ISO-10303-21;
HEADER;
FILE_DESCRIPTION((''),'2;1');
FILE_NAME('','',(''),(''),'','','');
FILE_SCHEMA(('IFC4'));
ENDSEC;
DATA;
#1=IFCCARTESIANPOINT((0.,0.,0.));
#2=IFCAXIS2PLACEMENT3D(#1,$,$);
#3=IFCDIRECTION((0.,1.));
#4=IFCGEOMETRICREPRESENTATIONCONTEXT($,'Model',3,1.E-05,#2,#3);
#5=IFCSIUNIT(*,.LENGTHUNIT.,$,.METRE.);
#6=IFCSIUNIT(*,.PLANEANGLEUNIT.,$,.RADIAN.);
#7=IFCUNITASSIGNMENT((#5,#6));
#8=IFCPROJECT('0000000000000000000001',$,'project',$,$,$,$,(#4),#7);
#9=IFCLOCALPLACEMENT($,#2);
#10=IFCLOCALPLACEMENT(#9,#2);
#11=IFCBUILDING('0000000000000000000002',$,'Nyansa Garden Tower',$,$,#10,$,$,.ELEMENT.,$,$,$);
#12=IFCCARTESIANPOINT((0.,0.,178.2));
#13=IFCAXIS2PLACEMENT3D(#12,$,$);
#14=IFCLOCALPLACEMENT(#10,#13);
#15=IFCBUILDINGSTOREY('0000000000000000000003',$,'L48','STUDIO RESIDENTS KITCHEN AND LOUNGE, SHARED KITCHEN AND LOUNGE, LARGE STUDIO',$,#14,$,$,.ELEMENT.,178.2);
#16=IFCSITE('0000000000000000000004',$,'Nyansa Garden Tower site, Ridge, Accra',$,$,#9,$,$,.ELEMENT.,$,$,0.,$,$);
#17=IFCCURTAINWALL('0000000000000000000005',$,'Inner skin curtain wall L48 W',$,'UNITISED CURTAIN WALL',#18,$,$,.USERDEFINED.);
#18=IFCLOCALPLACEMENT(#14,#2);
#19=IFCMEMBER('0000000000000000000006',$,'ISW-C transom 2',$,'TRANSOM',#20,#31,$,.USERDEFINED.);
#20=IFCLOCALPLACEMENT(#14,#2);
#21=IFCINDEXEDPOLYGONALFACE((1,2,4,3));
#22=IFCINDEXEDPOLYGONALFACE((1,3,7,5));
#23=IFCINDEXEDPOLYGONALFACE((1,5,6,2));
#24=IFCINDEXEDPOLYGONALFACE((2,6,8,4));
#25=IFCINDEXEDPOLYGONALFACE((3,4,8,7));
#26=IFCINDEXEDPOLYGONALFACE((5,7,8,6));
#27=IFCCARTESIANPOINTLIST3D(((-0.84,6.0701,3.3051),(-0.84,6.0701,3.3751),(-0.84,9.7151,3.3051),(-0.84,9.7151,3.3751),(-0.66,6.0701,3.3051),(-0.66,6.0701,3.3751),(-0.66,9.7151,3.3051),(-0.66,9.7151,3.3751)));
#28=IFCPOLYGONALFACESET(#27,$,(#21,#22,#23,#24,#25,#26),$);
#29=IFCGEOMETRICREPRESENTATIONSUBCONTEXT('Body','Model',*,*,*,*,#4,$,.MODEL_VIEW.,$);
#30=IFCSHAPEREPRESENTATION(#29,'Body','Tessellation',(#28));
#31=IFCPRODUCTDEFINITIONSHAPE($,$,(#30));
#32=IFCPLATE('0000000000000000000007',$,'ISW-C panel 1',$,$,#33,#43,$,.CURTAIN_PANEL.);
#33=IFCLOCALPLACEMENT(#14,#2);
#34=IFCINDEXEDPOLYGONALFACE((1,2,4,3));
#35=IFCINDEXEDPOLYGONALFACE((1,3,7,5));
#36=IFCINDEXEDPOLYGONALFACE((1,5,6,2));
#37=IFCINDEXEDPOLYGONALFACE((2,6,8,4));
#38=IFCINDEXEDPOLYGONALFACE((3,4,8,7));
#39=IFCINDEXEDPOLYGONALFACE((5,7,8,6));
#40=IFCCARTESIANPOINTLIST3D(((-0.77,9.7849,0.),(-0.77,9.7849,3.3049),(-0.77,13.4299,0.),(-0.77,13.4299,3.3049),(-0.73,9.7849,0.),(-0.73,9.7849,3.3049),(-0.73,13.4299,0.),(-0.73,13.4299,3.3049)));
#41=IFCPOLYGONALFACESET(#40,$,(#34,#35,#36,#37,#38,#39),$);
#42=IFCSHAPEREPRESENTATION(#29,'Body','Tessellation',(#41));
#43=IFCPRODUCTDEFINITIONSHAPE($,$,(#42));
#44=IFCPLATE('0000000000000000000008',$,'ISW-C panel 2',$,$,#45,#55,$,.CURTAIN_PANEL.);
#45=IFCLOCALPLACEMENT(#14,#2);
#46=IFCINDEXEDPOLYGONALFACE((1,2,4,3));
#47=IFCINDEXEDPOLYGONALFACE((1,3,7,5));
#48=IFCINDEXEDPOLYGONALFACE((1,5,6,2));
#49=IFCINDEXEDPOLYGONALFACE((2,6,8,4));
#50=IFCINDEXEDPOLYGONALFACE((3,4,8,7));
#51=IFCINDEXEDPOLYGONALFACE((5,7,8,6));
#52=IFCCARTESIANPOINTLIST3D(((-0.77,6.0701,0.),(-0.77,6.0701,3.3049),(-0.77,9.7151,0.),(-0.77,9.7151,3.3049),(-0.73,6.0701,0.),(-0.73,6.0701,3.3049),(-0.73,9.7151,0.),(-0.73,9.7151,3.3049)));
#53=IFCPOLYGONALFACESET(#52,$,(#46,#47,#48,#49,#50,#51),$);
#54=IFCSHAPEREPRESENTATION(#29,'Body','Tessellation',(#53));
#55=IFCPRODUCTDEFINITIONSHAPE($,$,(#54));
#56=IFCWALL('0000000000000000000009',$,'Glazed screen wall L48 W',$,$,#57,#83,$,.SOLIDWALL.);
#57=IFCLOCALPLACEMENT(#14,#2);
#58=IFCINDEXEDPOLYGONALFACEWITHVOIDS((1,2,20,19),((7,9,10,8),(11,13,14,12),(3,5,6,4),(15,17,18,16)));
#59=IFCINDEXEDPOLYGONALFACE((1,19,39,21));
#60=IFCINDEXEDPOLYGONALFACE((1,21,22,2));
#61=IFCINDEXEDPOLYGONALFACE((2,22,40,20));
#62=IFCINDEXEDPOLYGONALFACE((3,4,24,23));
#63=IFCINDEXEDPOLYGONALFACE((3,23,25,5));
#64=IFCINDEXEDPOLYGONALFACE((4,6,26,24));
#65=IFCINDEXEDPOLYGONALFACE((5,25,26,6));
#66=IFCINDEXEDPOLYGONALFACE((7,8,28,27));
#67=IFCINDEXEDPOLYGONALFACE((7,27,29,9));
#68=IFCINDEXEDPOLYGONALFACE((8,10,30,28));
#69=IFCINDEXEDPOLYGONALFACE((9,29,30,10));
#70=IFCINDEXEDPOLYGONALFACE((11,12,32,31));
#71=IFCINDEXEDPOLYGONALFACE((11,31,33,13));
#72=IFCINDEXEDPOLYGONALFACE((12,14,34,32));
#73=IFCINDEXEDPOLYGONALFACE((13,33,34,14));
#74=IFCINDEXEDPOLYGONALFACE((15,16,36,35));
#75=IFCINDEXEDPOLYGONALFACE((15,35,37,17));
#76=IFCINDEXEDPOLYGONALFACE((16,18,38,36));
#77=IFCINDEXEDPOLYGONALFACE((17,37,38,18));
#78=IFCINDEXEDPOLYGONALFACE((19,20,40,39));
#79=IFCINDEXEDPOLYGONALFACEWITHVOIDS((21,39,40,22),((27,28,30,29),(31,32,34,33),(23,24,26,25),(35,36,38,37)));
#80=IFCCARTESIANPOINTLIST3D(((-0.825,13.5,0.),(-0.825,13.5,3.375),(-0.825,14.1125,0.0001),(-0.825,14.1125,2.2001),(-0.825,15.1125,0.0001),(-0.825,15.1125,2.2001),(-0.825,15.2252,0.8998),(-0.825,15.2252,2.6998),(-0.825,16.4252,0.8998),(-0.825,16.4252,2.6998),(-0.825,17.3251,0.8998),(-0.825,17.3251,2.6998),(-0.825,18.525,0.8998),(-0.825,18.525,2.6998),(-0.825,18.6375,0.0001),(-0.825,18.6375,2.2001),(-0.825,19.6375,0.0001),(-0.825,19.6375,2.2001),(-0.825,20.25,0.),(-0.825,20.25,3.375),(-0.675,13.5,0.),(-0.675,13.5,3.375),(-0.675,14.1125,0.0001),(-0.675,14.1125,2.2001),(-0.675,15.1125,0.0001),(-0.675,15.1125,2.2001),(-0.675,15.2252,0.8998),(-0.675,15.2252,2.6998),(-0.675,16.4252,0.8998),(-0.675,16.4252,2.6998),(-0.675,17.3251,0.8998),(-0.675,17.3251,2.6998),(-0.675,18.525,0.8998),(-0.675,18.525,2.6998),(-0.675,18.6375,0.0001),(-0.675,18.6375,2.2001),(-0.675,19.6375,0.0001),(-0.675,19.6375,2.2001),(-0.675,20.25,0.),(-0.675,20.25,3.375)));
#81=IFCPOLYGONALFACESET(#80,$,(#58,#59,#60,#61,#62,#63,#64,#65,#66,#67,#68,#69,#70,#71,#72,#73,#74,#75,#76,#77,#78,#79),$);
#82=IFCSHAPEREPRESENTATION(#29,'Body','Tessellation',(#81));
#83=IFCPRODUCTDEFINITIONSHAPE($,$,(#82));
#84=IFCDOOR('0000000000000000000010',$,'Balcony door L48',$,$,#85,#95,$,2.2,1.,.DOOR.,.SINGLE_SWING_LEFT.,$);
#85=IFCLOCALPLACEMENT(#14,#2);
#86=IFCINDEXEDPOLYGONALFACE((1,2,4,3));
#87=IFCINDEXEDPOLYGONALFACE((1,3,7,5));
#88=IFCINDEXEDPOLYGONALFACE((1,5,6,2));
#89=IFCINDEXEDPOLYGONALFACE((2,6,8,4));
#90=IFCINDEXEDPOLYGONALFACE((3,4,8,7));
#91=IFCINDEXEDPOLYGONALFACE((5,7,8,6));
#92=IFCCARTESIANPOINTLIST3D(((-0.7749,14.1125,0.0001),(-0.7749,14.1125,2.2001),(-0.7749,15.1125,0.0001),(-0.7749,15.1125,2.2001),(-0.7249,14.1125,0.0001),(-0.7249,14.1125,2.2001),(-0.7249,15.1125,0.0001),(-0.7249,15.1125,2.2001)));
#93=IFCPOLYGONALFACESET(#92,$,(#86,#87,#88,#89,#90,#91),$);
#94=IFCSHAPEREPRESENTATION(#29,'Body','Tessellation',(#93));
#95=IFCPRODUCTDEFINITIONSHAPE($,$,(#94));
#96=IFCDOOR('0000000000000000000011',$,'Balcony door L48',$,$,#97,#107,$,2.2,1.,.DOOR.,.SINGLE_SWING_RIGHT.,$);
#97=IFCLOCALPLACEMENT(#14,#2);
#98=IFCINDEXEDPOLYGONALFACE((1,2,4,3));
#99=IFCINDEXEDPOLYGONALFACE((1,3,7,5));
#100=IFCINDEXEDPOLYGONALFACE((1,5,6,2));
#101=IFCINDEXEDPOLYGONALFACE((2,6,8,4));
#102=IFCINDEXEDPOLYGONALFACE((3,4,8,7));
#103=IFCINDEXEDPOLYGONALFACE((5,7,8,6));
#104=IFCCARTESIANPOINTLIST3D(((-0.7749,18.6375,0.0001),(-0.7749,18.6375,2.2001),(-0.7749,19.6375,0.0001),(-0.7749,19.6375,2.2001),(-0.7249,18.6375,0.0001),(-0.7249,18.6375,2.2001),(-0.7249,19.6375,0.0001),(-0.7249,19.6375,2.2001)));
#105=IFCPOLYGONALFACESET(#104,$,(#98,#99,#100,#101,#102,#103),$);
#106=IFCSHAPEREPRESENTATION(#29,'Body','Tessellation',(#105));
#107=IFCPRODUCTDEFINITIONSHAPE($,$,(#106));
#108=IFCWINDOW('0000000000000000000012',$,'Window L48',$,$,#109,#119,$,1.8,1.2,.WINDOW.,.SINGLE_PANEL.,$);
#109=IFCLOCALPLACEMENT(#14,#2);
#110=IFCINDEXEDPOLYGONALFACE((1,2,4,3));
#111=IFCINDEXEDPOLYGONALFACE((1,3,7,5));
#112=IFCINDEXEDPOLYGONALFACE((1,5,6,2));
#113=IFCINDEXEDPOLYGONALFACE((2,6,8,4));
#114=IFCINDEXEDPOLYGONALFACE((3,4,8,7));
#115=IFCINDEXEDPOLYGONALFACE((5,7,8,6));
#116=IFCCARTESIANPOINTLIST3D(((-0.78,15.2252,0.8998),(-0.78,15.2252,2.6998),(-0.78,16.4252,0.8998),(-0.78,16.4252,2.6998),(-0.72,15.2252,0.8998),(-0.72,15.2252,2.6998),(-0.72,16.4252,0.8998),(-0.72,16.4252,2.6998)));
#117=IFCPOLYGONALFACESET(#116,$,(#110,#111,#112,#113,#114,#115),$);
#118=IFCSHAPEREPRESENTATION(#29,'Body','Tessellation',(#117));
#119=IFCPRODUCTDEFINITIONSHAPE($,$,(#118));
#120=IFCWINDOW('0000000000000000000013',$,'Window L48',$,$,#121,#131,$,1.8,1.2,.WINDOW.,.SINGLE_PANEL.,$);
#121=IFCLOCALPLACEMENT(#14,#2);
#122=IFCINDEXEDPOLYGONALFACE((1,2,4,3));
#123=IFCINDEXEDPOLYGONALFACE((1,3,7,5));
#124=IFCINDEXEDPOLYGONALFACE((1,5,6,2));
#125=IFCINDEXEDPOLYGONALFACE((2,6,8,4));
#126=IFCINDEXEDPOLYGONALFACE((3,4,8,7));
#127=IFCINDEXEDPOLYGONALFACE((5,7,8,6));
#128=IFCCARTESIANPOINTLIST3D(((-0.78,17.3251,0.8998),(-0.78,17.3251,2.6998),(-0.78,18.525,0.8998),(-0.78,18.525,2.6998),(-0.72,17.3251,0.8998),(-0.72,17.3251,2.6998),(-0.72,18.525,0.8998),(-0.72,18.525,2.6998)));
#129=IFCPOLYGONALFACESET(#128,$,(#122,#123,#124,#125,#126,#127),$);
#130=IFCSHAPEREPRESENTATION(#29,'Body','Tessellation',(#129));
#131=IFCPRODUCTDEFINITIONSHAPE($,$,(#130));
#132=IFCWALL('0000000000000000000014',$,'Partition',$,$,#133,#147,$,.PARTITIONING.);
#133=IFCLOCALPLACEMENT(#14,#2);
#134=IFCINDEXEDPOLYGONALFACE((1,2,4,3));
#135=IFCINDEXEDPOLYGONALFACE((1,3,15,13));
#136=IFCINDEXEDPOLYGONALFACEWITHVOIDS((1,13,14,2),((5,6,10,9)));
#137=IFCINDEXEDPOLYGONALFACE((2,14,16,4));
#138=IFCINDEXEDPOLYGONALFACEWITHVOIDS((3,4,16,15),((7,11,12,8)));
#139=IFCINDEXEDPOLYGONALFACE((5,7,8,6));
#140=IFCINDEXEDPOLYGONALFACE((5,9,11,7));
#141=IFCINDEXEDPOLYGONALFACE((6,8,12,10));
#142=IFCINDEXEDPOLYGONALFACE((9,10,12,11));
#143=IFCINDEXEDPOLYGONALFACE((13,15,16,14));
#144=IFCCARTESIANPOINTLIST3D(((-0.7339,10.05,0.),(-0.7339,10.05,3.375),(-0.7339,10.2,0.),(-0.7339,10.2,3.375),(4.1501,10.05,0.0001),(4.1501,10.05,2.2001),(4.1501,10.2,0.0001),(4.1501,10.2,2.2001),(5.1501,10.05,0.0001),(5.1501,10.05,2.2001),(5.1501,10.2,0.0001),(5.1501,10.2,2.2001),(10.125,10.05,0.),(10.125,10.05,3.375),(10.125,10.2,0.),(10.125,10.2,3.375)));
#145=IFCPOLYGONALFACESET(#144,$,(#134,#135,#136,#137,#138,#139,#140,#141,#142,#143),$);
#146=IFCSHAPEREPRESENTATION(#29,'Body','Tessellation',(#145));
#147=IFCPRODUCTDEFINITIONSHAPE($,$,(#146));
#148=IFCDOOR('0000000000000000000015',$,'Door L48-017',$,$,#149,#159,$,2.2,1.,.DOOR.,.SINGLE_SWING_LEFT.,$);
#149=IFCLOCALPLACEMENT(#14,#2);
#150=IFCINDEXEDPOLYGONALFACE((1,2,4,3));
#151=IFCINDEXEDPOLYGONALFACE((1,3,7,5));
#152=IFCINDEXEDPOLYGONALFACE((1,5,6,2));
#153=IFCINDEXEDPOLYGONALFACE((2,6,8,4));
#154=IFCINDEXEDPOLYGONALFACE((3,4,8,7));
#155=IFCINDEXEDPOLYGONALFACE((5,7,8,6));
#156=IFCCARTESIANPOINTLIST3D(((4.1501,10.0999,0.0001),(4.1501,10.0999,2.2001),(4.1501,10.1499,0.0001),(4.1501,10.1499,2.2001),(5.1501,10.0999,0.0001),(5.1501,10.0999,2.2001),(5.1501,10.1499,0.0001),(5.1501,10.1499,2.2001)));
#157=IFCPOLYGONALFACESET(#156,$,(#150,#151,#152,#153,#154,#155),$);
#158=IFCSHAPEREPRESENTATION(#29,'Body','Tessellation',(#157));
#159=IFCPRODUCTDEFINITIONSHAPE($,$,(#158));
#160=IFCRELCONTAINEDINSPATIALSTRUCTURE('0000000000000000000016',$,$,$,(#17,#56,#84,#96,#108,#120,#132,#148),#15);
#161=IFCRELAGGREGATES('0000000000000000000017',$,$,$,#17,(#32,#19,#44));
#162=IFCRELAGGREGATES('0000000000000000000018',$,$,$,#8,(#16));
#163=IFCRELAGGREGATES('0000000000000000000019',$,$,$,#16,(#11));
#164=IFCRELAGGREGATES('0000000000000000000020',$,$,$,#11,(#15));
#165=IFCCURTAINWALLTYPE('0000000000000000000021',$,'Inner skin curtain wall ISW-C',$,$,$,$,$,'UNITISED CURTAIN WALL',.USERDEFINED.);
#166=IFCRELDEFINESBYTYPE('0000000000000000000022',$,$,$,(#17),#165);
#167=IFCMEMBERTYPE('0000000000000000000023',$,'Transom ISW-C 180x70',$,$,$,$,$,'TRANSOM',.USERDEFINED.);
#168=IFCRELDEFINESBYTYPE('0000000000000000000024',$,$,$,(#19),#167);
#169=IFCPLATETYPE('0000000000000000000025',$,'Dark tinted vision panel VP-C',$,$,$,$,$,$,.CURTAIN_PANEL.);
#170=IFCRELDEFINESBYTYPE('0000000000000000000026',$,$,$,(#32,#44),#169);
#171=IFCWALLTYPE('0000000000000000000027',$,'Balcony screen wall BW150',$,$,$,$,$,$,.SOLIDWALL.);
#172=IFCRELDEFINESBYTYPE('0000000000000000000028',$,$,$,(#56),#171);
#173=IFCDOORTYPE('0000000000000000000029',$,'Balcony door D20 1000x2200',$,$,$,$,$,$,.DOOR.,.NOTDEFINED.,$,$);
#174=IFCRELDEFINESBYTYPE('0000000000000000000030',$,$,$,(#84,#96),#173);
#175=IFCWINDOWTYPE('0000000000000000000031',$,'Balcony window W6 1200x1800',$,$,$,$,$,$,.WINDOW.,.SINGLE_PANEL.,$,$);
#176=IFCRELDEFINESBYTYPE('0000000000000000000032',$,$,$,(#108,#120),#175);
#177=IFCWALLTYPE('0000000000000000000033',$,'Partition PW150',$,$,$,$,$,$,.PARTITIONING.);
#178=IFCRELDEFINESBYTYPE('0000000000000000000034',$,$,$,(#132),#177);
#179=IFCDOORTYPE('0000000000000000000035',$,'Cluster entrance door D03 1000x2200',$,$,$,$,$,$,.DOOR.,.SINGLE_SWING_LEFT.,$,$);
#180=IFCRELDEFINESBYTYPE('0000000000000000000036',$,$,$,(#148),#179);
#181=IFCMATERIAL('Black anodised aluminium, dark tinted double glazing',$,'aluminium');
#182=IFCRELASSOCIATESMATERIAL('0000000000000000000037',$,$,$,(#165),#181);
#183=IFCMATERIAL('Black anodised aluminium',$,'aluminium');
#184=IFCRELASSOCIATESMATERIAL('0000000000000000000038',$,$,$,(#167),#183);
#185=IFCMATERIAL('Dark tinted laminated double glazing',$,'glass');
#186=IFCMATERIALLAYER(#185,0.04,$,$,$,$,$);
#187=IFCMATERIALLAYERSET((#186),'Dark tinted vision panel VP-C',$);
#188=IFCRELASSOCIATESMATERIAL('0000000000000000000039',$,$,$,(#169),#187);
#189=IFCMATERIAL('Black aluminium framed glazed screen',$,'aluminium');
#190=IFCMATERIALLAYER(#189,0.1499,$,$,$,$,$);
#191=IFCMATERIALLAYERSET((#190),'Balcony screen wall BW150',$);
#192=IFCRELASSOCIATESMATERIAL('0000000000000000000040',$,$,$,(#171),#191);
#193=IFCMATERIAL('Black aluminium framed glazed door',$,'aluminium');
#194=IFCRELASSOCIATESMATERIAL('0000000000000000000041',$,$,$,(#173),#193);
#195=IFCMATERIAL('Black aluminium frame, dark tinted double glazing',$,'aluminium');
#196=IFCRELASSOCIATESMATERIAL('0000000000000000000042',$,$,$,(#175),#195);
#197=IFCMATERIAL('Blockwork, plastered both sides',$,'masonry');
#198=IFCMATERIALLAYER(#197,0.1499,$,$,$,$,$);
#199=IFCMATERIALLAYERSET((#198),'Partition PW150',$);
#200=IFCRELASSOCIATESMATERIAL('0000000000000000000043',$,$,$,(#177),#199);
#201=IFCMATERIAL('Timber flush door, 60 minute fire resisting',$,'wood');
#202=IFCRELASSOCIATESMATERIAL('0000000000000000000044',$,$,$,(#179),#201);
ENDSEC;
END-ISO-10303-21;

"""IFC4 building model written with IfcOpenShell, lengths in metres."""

from ifc_helpers import new_model, si_unit, direction, frame, frame_2d, origin, origin_2d, place, context, subcontext, project, spatial, rectangle, extrude, material, layer, layer_set, material_profile, profile_set, type_object, element, fill, aggregate, save


model = new_model("IFC4")

# Units and contexts
model_context = context("Model", 3, precision=1e-05, world=origin(), true_north=direction((0.0, 1.0)))
body_context = subcontext(model_context, "Body", "Model", "MODEL_VIEW")
ifc_project = project(units=[si_unit("LENGTHUNIT", "METRE"), si_unit("PLANEANGLEUNIT", "RADIAN")], contexts=[model_context])

# Site, building, storey
site_placement = place(None, origin())
site = spatial("IfcSite", under=ifc_project, at=site_placement, Name="Nyansa Garden Tower site, Ridge, Accra", CompositionType="ELEMENT", RefElevation=0.0)
building_placement = place(site_placement, origin())
building = spatial("IfcBuilding", under=site, at=building_placement, Name="Nyansa Garden Tower", CompositionType="ELEMENT")
storey_placement = place(building_placement, frame((0.0, 0.0, 178.2)))
storey = spatial("IfcBuildingStorey", under=building, at=storey_placement, Name="L48", Description="STUDIO RESIDENTS KITCHEN AND LOUNGE, SHARED KITCHEN AND LOUNGE, LARGE STUDIO", CompositionType="ELEMENT", Elevation=178.2)

# Curtain wall
ifc_material_1 = material(Name="Black anodised aluminium, dark tinted double glazing", Category="aluminium")
curtain_wall_type = type_object("IfcCurtainWallType", Name="Inner skin curtain wall ISW-C", ElementType="UNITISED CURTAIN WALL", PredefinedType="USERDEFINED", material=ifc_material_1)
curtain_wall_placement = place(storey_placement, origin())
curtain_wall = element("IfcCurtainWall", 1, at=curtain_wall_placement, inside=storey, type_object=curtain_wall_type, Name="Inner skin curtain wall L48 W", ObjectType="UNITISED CURTAIN WALL", PredefinedType="USERDEFINED")

# Member
ifc_material_2 = material(Name="Black anodised aluminium", Category="aluminium")
ifc_material_profile_1 = material_profile(ifc_material_2, rectangle(XDim=0.1799, YDim=0.0701, at=origin_2d()), Name="Transom 180x70")
ifc_profile_set_1 = profile_set([ifc_material_profile_1], Name="Black anodised aluminium")
member_type_1 = type_object("IfcMemberType", Name="Transom ISW-C 180x70", ElementType="TRANSOM", PredefinedType="USERDEFINED", material=ifc_profile_set_1)
member_1_placement = place(storey_placement, frame((-0.75, 9.7151, 3.3401), z_axis=(0.0, -1.0, 0.0), x_axis=(1.0, 0.0, 0.0)))
member_1 = element("IfcMember", 2, at=member_1_placement, type_object=member_type_1, Name="ISW-C transom 2", ObjectType="TRANSOM", PredefinedType="USERDEFINED", context=body_context, shape_type="SweptSolid", body=[
    extrude(rectangle(XDim=0.1799, YDim=0.0701, at=origin_2d()), origin(), (0.0, 0.0, 1.0), 3.645),
])

# Plates
ifc_material_3 = material(Name="Dark tinted laminated double glazing", Category="glass")
ifc_layer_1 = layer(ifc_material_3, 0.04)
ifc_layer_set_1 = layer_set([ifc_layer_1], Name="Dark tinted vision panel VP-C")
plate_type = type_object("IfcPlateType", Name="Dark tinted vision panel VP-C", PredefinedType="CURTAIN_PANEL", material=ifc_layer_set_1)
plate_1_placement = place(storey_placement, frame((-0.75, 11.6074, 0.0), z_axis=(0.0, 0.0, 1.0), x_axis=(0.0, -1.0, 0.0)))
plate_1 = element("IfcPlate", 3, at=plate_1_placement, type_object=plate_type, Name="ISW-C panel 1", PredefinedType="CURTAIN_PANEL", context=body_context, shape_type="SweptSolid", body=[
    extrude(rectangle(XDim=3.645, YDim=0.04, at=origin_2d()), origin(), (0.0, 0.0, 1.0), 3.3049),
])
plate_2_placement = place(storey_placement, frame((-0.75, 7.8926, 0.0), z_axis=(0.0, 0.0, 1.0), x_axis=(0.0, -1.0, 0.0)))
plate_2 = element("IfcPlate", 4, at=plate_2_placement, type_object=plate_type, Name="ISW-C panel 2", PredefinedType="CURTAIN_PANEL", context=body_context, shape_type="SweptSolid", body=[
    extrude(rectangle(XDim=3.645, YDim=0.04, at=origin_2d()), origin(), (0.0, 0.0, 1.0), 3.3049),
])
aggregate(curtain_wall, [plate_1, member_1, plate_2])

# Wall, openings, doors, windows
ifc_material_4 = material(Name="Black aluminium framed glazed screen", Category="aluminium")
ifc_layer_2 = layer(ifc_material_4, 0.1499)
ifc_layer_set_2 = layer_set([ifc_layer_2], Name="Balcony screen wall BW150")
wall_type_1 = type_object("IfcWallType", Name="Balcony screen wall BW150", PredefinedType="SOLIDWALL", material=ifc_layer_set_2)
wall_1_placement = place(storey_placement, frame((-0.75, 13.5, 0.0), z_axis=(0.0, 0.0, 1.0), x_axis=(0.0, 1.0, 0.0)))
wall_1 = element("IfcWall", 5, at=wall_1_placement, inside=storey, type_object=wall_type_1, Name="Glazed screen wall L48 W", PredefinedType="SOLIDWALL", context=body_context, shape_type="SweptSolid", body=[
    extrude(rectangle(XDim=6.75, YDim=0.1499, at=frame_2d((3.375, 0.0))), origin(), (0.0, 0.0, 1.0), 3.375),
])
opening_1_placement = place(wall_1_placement, frame((0.6125, 0.0, 0.0)))
opening_1 = element("IfcOpeningElement", 6, at=opening_1_placement, cuts=wall_1, PredefinedType="OPENING", context=body_context, shape_type="SweptSolid", body=[
    extrude(rectangle(XDim=1.0, YDim=2.2, at=frame_2d((0.5, 1.1001))), frame((0.0, 0.085, 0.0), z_axis=(0.0, -1.0, 0.0), x_axis=(1.0, 0.0, 0.0)), (0.0, 0.0, 1.0), 0.1699),
])
opening_2_placement = place(wall_1_placement, frame((1.7251, 0.0, 0.8999)))
opening_2 = element("IfcOpeningElement", 7, at=opening_2_placement, cuts=wall_1, PredefinedType="OPENING", context=body_context, shape_type="SweptSolid", body=[
    extrude(rectangle(XDim=1.2, YDim=1.8, at=frame_2d((0.6001, 0.8999))), frame((0.0, 0.085, 0.0), z_axis=(0.0, -1.0, 0.0), x_axis=(1.0, 0.0, 0.0)), (0.0, 0.0, 1.0), 0.1699),
])
opening_3_placement = place(wall_1_placement, frame((5.1375, 0.0, 0.0)))
opening_3 = element("IfcOpeningElement", 8, at=opening_3_placement, cuts=wall_1, PredefinedType="OPENING", context=body_context, shape_type="SweptSolid", body=[
    extrude(rectangle(XDim=1.0, YDim=2.2, at=frame_2d((0.5, 1.1001))), frame((0.0, 0.085, 0.0), z_axis=(0.0, -1.0, 0.0), x_axis=(1.0, 0.0, 0.0)), (0.0, 0.0, 1.0), 0.1699),
])
opening_4_placement = place(wall_1_placement, frame((3.825, 0.0, 0.8999)))
opening_4 = element("IfcOpeningElement", 9, at=opening_4_placement, cuts=wall_1, PredefinedType="OPENING", context=body_context, shape_type="SweptSolid", body=[
    extrude(rectangle(XDim=1.2, YDim=1.8, at=frame_2d((0.6001, 0.8999))), frame((0.0, 0.085, 0.0), z_axis=(0.0, -1.0, 0.0), x_axis=(1.0, 0.0, 0.0)), (0.0, 0.0, 1.0), 0.1699),
])
ifc_material_5 = material(Name="Black aluminium framed glazed door", Category="aluminium")
door_type_1 = type_object("IfcDoorType", Name="Balcony door D20 1000x2200", OperationType="NOTDEFINED", PredefinedType="DOOR", material=ifc_material_5)
door_1_placement = place(opening_1_placement, origin())
door_1 = element("IfcDoor", 10, at=door_1_placement, inside=storey, type_object=door_type_1, Name="Balcony door L48", OperationType="SINGLE_SWING_LEFT", OverallHeight=2.2, OverallWidth=1.0, PredefinedType="DOOR", context=body_context, shape_type="SweptSolid", body=[
    extrude(rectangle(XDim=1.0, YDim=2.2, at=frame_2d((0.5, 1.1001))), frame((0.0, 0.0249, 0.0), z_axis=(0.0, -1.0, 0.0), x_axis=(1.0, 0.0, 0.0)), (0.0, 0.0, 1.0), 0.05),
])
fill(opening_1, door_1)
door_2_placement = place(opening_3_placement, origin())
door_2 = element("IfcDoor", 11, at=door_2_placement, inside=storey, type_object=door_type_1, Name="Balcony door L48", OperationType="SINGLE_SWING_RIGHT", OverallHeight=2.2, OverallWidth=1.0, PredefinedType="DOOR", context=body_context, shape_type="SweptSolid", body=[
    extrude(rectangle(XDim=1.0, YDim=2.2, at=frame_2d((0.5, 1.1001))), frame((0.0, 0.0249, 0.0), z_axis=(0.0, -1.0, 0.0), x_axis=(1.0, 0.0, 0.0)), (0.0, 0.0, 1.0), 0.05),
])
fill(opening_3, door_2)
ifc_material_6 = material(Name="Black aluminium frame, dark tinted double glazing", Category="aluminium")
window_type_1 = type_object("IfcWindowType", Name="Balcony window W6 1200x1800", PartitioningType="SINGLE_PANEL", PredefinedType="WINDOW", material=ifc_material_6)
window_1_placement = place(opening_2_placement, origin())
window_1 = element("IfcWindow", 12, at=window_1_placement, inside=storey, type_object=window_type_1, Name="Window L48", OverallHeight=1.8, OverallWidth=1.2, PartitioningType="SINGLE_PANEL", PredefinedType="WINDOW", context=body_context, shape_type="SweptSolid", body=[
    extrude(rectangle(XDim=1.2, YDim=1.8, at=frame_2d((0.6001, 0.8999))), frame((0.0, 0.03, 0.0), z_axis=(0.0, -1.0, 0.0), x_axis=(1.0, 0.0, 0.0)), (0.0, 0.0, 1.0), 0.0601),
])
fill(opening_2, window_1)
window_2_placement = place(opening_4_placement, origin())
window_2 = element("IfcWindow", 13, at=window_2_placement, inside=storey, type_object=window_type_1, Name="Window L48", OverallHeight=1.8, OverallWidth=1.2, PartitioningType="SINGLE_PANEL", PredefinedType="WINDOW", context=body_context, shape_type="SweptSolid", body=[
    extrude(rectangle(XDim=1.2, YDim=1.8, at=frame_2d((0.6001, 0.8999))), frame((0.0, 0.03, 0.0), z_axis=(0.0, -1.0, 0.0), x_axis=(1.0, 0.0, 0.0)), (0.0, 0.0, 1.0), 0.0601),
])
fill(opening_4, window_2)

# Wall, opening, door
ifc_material_7 = material(Name="Blockwork, plastered both sides", Category="masonry")
ifc_layer_3 = layer(ifc_material_7, 0.1499)
ifc_layer_set_3 = layer_set([ifc_layer_3], Name="Partition PW150")
wall_type_2 = type_object("IfcWallType", Name="Partition PW150", PredefinedType="PARTITIONING", material=ifc_layer_set_3)
wall_2_placement = place(storey_placement, frame((-0.7339, 10.125, 0.0), z_axis=(0.0, 0.0, 1.0), x_axis=(1.0, 0.0, 0.0)))
wall_2 = element("IfcWall", 14, at=wall_2_placement, inside=storey, type_object=wall_type_2, Name="Partition", PredefinedType="PARTITIONING", context=body_context, shape_type="SweptSolid", body=[
    extrude(rectangle(XDim=10.8589, YDim=0.1499, at=frame_2d((5.4294, 0.0))), origin(), (0.0, 0.0, 1.0), 3.375),
])
opening_5_placement = place(wall_2_placement, frame((4.884, 0.0, 0.0)))
opening_5 = element("IfcOpeningElement", 15, at=opening_5_placement, cuts=wall_2, PredefinedType="OPENING", context=body_context, shape_type="SweptSolid", body=[
    extrude(rectangle(XDim=1.0, YDim=2.2, at=frame_2d((0.5, 1.1001))), frame((0.0, 0.085, 0.0), z_axis=(0.0, -1.0, 0.0), x_axis=(1.0, 0.0, 0.0)), (0.0, 0.0, 1.0), 0.1699),
])
ifc_material_8 = material(Name="Timber flush door, 60 minute fire resisting", Category="wood")
door_type_2 = type_object("IfcDoorType", Name="Cluster entrance door D03 1000x2200", OperationType="SINGLE_SWING_LEFT", PredefinedType="DOOR", material=ifc_material_8)
door_3_placement = place(opening_5_placement, origin())
door_3 = element("IfcDoor", 16, at=door_3_placement, inside=storey, type_object=door_type_2, Name="Door L48-017", OperationType="SINGLE_SWING_LEFT", OverallHeight=2.2, OverallWidth=1.0, PredefinedType="DOOR", context=body_context, shape_type="SweptSolid", body=[
    extrude(rectangle(XDim=1.0, YDim=2.2, at=frame_2d((0.5, 1.1001))), frame((0.0, 0.0249, 0.0), z_axis=(0.0, -1.0, 0.0), x_axis=(1.0, 0.0, 0.0)), (0.0, 0.0, 1.0), 0.05),
])
fill(opening_5, door_3)

save(model, "model.ifc")
